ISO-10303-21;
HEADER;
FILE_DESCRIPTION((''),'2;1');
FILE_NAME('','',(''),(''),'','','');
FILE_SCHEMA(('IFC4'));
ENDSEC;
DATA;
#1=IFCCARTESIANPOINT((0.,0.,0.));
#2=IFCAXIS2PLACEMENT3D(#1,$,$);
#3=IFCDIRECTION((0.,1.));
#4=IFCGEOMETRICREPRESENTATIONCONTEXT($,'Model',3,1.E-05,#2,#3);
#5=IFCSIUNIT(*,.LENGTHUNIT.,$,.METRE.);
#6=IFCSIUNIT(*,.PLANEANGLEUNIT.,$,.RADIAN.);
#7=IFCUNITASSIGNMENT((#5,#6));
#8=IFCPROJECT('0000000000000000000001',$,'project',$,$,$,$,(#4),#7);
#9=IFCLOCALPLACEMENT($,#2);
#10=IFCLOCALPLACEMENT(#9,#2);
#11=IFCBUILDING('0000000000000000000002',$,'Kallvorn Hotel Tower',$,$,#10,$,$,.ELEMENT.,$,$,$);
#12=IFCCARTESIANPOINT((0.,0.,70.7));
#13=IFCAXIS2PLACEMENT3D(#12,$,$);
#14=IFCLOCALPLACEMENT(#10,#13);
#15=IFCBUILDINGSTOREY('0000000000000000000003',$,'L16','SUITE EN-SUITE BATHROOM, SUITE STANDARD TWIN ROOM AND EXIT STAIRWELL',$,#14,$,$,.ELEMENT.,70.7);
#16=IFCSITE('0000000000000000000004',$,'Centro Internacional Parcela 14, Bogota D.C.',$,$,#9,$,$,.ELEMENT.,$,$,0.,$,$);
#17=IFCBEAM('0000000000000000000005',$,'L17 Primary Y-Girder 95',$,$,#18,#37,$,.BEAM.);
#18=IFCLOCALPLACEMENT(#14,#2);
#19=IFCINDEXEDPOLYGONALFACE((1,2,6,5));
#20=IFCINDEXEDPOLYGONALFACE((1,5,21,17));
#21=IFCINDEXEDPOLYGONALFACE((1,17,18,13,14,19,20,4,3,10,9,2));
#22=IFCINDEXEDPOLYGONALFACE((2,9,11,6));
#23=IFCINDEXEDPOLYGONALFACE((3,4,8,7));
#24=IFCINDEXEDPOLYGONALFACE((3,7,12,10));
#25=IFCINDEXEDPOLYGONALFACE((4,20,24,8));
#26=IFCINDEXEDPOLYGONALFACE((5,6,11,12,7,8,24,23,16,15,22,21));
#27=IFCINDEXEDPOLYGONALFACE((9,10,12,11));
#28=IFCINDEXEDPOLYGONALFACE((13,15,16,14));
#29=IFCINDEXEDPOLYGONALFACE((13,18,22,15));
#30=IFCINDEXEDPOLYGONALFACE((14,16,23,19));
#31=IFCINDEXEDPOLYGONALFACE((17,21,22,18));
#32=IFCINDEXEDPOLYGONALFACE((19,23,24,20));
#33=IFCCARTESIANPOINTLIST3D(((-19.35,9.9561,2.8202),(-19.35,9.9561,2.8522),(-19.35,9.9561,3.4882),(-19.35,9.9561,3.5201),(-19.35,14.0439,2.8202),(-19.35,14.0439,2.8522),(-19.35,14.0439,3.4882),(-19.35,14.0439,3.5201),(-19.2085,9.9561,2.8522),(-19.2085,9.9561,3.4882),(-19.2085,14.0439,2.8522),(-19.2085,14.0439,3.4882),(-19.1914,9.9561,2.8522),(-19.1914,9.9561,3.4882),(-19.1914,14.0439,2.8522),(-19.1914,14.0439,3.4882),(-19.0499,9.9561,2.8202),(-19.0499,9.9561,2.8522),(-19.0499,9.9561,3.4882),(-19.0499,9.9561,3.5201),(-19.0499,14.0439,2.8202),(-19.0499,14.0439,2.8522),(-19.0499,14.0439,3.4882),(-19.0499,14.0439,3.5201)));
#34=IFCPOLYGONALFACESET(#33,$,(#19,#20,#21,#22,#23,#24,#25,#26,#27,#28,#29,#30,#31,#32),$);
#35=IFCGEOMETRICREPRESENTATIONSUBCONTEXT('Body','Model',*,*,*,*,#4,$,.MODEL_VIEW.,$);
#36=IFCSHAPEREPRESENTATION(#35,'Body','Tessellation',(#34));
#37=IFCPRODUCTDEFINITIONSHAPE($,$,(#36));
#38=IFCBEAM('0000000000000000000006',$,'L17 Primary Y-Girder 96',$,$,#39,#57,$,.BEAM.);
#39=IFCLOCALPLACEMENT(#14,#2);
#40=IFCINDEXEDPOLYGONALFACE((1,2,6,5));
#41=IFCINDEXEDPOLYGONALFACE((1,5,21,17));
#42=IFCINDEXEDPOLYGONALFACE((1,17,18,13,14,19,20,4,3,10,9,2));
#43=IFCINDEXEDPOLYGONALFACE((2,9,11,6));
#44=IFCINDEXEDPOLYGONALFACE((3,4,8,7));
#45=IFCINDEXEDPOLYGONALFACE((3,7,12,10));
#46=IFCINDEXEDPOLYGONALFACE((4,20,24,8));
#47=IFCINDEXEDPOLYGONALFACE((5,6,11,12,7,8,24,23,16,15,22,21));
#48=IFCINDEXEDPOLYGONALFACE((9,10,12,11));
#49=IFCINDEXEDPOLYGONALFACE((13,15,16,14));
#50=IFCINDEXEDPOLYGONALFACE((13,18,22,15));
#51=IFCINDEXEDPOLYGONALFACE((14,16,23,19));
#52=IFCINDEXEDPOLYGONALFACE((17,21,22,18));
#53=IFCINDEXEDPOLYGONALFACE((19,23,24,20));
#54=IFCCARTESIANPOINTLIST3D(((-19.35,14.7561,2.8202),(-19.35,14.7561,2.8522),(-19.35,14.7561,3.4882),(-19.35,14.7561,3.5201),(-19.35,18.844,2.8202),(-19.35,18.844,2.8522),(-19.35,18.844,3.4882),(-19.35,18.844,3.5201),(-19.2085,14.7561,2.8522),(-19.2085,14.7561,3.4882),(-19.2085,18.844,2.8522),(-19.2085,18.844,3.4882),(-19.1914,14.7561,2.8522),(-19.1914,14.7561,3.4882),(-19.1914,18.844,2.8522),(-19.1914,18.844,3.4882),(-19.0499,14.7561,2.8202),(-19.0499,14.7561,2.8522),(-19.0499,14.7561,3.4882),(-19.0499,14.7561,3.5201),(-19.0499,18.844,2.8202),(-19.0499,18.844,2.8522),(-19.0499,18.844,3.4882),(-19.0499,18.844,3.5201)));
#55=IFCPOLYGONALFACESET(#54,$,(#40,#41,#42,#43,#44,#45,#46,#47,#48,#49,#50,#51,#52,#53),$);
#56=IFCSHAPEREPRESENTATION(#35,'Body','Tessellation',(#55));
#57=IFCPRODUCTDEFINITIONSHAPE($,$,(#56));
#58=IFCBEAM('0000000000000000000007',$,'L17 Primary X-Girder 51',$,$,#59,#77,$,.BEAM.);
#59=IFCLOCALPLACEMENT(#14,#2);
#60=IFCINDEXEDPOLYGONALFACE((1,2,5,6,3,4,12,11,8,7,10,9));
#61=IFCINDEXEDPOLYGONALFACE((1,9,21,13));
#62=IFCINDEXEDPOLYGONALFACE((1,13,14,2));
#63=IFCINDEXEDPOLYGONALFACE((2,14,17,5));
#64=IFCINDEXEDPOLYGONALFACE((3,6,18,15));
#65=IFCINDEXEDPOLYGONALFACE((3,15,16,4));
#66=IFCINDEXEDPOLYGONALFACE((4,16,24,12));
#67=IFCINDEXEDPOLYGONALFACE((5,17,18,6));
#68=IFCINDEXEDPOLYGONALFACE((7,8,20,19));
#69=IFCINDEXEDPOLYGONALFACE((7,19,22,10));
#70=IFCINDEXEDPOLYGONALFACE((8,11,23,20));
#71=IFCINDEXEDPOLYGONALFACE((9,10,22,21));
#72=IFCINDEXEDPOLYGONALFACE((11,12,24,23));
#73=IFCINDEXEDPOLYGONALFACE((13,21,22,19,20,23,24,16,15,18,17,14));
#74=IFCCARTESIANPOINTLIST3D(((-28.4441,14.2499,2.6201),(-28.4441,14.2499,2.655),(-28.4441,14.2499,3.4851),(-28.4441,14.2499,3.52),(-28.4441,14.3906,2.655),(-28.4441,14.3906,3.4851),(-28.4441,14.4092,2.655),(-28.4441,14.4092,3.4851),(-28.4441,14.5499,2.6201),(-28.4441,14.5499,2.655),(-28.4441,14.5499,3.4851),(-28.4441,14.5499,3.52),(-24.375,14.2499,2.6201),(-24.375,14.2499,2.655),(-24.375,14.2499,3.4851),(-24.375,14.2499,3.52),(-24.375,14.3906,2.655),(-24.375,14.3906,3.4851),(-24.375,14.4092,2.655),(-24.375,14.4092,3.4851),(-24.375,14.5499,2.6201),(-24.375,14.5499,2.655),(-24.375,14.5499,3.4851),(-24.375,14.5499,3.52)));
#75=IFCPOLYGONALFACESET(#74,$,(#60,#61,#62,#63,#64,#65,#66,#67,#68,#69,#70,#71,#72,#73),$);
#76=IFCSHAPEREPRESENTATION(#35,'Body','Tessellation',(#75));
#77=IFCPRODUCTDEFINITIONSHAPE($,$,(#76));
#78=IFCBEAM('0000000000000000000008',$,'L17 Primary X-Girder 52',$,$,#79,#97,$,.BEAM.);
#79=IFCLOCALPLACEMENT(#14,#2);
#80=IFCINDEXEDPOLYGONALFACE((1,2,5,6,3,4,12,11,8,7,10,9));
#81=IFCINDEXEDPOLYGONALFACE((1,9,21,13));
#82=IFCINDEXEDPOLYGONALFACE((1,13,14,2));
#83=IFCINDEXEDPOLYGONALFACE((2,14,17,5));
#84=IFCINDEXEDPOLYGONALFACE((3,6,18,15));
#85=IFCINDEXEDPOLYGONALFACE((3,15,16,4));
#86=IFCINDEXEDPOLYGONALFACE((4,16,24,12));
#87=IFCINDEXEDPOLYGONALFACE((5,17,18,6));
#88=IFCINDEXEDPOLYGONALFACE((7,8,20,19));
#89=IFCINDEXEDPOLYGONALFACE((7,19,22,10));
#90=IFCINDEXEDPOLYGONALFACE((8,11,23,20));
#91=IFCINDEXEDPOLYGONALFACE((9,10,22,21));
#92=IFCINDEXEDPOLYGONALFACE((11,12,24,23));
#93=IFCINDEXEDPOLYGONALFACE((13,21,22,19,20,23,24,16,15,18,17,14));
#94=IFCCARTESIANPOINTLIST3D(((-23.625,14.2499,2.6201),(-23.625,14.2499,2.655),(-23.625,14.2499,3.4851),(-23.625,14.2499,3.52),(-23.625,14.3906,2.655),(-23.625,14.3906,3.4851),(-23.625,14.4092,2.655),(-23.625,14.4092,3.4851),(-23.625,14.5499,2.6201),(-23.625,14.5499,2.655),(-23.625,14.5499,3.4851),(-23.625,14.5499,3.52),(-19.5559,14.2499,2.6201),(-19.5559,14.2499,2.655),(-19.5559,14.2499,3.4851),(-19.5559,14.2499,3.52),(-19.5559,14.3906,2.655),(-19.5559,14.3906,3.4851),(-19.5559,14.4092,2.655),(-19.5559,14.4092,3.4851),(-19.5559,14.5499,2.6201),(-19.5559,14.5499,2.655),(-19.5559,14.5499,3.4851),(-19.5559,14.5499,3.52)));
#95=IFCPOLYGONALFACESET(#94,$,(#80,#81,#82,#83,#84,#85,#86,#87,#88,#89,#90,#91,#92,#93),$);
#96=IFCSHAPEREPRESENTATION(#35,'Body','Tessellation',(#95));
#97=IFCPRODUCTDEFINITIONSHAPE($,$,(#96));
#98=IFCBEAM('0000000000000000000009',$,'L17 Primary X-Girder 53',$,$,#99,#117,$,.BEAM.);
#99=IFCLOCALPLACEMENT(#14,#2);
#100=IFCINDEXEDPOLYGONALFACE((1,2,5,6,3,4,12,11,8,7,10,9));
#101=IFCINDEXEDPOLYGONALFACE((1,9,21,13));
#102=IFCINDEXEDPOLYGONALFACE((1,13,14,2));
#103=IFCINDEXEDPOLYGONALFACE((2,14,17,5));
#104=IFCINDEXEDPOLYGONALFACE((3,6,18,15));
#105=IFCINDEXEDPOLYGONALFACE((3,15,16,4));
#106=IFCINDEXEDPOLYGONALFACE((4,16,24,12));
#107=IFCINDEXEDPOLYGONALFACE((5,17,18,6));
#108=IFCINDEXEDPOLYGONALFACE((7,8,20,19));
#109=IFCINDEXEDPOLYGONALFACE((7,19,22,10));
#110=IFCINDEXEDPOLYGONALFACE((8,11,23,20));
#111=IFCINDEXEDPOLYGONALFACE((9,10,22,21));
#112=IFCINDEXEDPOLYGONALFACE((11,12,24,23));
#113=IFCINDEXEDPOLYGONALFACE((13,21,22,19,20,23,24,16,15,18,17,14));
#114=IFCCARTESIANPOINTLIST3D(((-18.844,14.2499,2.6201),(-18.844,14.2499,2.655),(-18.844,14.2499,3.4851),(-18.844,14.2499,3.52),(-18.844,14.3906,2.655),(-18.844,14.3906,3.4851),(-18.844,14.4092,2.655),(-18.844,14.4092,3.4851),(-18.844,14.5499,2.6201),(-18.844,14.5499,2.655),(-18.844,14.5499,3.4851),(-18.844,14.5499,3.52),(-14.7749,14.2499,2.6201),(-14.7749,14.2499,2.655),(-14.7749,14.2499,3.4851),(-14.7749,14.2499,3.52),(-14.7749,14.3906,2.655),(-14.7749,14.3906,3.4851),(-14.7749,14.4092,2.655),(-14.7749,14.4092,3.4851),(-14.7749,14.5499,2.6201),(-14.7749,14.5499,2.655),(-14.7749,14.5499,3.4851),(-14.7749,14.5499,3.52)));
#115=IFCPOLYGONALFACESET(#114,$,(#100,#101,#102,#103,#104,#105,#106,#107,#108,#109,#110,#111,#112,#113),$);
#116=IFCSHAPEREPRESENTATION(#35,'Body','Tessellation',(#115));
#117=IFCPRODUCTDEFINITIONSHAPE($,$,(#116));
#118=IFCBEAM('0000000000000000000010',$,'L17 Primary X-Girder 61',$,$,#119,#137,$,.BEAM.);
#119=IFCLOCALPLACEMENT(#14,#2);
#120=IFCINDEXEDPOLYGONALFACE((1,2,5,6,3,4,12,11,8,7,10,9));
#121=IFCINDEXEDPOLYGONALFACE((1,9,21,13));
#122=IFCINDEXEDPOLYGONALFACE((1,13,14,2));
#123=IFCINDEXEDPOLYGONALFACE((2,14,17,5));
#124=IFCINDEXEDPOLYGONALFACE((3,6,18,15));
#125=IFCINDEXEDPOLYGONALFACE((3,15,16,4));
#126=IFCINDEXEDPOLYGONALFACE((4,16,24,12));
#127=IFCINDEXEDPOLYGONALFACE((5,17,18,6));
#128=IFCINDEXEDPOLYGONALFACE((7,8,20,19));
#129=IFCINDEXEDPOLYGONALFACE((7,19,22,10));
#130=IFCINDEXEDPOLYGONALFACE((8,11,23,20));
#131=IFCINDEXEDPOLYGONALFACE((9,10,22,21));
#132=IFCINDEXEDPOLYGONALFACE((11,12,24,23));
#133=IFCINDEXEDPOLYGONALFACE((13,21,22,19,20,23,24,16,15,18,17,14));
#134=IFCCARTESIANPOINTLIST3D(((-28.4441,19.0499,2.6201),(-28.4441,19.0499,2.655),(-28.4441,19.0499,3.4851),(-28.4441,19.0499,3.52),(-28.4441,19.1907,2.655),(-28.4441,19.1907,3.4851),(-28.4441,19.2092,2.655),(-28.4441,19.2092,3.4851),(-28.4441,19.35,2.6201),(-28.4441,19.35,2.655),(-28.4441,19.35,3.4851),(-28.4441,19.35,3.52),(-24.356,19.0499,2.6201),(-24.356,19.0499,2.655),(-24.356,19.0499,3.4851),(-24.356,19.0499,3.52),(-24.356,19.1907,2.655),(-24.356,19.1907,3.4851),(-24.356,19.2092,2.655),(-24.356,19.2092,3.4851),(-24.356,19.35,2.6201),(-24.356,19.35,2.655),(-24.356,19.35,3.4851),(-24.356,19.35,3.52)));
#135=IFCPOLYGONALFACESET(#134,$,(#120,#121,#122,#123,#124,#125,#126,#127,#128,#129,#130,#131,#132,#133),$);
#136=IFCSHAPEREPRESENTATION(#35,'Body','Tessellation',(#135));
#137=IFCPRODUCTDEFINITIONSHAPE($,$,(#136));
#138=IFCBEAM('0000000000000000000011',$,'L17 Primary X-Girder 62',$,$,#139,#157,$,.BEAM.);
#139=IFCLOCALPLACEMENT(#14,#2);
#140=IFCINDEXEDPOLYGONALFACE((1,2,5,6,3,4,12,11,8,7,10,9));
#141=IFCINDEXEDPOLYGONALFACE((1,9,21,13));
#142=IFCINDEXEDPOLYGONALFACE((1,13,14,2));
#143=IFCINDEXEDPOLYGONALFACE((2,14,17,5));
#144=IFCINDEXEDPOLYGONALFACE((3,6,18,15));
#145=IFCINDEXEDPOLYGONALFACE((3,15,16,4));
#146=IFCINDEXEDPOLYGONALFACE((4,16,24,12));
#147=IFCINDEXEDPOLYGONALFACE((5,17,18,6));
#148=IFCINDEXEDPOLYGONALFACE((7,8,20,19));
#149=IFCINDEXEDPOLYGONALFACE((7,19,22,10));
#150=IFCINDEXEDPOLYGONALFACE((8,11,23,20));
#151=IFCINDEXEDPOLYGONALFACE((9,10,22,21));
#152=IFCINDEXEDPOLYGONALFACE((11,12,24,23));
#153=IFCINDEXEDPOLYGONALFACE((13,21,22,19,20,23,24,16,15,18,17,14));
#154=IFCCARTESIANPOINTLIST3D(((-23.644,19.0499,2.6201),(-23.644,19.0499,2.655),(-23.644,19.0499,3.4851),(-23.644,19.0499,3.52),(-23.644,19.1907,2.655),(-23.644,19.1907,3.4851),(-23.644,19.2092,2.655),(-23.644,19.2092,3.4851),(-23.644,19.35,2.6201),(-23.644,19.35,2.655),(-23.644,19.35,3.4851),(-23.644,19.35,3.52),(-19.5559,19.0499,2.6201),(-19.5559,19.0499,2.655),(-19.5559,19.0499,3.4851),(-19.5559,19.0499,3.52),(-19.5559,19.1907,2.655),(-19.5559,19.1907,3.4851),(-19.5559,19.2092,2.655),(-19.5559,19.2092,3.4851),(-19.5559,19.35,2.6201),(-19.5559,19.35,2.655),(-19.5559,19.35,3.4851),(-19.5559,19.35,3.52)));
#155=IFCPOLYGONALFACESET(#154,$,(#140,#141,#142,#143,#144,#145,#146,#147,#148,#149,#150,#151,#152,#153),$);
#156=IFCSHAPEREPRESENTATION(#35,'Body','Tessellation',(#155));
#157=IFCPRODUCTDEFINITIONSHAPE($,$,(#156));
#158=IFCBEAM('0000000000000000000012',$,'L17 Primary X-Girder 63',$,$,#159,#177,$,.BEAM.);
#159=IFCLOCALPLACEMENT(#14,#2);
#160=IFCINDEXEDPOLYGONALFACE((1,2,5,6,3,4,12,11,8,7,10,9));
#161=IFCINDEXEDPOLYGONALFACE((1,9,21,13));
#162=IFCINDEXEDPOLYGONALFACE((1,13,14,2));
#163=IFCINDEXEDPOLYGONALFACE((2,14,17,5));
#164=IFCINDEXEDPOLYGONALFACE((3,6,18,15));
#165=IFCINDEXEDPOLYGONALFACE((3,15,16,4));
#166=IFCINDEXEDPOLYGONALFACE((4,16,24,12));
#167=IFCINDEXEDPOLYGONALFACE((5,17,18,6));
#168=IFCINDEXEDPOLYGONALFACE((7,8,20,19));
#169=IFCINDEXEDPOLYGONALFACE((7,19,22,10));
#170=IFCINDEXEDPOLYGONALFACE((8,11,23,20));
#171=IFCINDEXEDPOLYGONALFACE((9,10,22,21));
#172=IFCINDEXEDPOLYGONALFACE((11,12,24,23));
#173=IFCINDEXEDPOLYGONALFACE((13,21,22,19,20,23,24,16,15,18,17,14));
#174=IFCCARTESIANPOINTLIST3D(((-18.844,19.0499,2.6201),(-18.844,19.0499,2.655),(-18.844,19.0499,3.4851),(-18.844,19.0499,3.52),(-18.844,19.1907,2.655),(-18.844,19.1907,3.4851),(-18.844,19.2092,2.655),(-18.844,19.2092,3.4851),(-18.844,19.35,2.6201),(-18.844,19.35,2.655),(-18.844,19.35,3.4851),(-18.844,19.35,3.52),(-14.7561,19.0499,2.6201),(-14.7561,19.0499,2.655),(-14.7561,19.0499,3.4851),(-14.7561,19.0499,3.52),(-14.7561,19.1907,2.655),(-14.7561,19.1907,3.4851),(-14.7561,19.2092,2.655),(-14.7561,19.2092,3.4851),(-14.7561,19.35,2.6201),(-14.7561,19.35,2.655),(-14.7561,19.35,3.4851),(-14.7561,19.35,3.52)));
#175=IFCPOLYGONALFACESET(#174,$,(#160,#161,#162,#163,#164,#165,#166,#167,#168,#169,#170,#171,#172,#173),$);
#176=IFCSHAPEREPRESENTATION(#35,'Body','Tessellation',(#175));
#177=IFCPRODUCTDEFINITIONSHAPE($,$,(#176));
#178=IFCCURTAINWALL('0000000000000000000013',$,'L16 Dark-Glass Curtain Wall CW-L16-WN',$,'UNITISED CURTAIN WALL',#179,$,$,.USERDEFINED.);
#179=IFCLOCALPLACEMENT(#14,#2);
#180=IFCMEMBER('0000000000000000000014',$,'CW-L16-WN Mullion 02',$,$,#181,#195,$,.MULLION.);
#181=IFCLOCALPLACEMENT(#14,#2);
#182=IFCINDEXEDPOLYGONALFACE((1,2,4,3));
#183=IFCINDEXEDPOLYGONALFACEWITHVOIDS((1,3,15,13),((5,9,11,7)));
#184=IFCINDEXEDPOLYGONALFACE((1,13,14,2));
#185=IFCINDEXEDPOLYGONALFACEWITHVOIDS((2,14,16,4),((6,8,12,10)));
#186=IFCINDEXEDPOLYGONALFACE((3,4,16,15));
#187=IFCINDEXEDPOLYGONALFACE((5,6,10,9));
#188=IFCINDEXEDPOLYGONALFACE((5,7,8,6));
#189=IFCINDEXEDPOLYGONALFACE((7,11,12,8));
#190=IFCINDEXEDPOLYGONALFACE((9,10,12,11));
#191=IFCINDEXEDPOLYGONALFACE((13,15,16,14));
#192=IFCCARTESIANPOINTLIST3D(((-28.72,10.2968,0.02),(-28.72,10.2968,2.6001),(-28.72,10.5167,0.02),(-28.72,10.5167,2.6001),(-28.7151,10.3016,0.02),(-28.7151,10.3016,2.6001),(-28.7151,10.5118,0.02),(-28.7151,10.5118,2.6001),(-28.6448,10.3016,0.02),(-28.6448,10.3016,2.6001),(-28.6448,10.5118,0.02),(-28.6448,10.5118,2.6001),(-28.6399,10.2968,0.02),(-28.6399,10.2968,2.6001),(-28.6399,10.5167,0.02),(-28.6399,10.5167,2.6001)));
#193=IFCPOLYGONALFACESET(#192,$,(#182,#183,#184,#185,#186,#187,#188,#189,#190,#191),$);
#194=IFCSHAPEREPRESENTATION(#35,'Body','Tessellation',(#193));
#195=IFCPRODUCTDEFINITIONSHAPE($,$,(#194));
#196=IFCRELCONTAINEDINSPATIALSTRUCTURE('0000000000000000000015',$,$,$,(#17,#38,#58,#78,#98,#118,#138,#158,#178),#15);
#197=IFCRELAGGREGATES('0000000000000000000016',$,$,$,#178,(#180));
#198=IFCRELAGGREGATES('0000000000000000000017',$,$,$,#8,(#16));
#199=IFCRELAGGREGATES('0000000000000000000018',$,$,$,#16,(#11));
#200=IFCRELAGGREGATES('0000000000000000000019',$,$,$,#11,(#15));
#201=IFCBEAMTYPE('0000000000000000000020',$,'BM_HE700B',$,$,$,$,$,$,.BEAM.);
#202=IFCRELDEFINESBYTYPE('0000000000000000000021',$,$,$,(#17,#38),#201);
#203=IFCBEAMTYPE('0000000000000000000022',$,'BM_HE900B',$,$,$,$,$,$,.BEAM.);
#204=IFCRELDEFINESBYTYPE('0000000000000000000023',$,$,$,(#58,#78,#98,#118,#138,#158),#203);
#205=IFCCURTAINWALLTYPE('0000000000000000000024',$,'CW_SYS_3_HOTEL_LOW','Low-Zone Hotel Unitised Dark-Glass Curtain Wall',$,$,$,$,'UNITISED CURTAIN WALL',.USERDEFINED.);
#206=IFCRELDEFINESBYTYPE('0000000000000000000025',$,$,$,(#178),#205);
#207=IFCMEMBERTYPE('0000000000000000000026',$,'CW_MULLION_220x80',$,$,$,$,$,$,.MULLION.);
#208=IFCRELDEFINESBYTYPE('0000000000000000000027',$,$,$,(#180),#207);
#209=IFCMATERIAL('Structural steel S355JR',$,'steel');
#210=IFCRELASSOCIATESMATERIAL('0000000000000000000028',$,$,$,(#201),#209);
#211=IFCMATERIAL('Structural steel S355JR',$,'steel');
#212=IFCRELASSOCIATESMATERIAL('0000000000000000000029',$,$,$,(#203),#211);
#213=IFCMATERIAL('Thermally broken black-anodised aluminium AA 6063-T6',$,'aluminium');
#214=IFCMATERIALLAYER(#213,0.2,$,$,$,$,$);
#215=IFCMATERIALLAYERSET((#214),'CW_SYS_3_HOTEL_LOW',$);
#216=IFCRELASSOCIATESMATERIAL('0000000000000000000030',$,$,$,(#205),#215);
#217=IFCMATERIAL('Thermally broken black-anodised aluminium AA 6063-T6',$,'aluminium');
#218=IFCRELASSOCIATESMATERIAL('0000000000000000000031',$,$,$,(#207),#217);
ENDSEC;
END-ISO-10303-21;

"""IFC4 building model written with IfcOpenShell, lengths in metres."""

from ifc_helpers import new_model, si_unit, direction, frame, origin, origin_2d, place, context, subcontext, project, spatial, hollow_rectangle, i_section, extrude, material, layer, layer_set, material_profile, profile_set, type_object, element, aggregate, save


model = new_model("IFC4")

# Units and contexts
model_context = context("Model", 3, precision=1e-05, world=origin(), true_north=direction((0.0, 1.0)))
body_context = subcontext(model_context, "Body", "Model", "MODEL_VIEW")
ifc_project = project(units=[si_unit("LENGTHUNIT", "METRE"), si_unit("PLANEANGLEUNIT", "RADIAN")], contexts=[model_context])

# Site, building, storey
site_placement = place(None, origin())
site = spatial("IfcSite", under=ifc_project, at=site_placement, Name="Centro Internacional Parcela 14, Bogota D.C.", CompositionType="ELEMENT", RefElevation=0.0)
building_placement = place(site_placement, origin())
building = spatial("IfcBuilding", under=site, at=building_placement, Name="Kallvorn Hotel Tower", CompositionType="ELEMENT")
storey_placement = place(building_placement, frame((0.0, 0.0, 70.7)))
storey = spatial("IfcBuildingStorey", under=building, at=storey_placement, Name="L16", Description="SUITE EN-SUITE BATHROOM, SUITE STANDARD TWIN ROOM AND EXIT STAIRWELL", CompositionType="ELEMENT", Elevation=70.7)

# Beams
ifc_material_1 = material(Name="Structural steel S355JR", Category="steel")
ifc_material_profile_1 = material_profile(ifc_material_1, i_section(OverallWidth=0.3, OverallDepth=0.7, WebThickness=0.0171, FlangeThickness=0.032, at=origin_2d()), Name="HE 700 B")
ifc_profile_set_1 = profile_set([ifc_material_profile_1], Name="Structural steel S355JR")
beam_type_1 = type_object("IfcBeamType", Name="BM_HE700B", PredefinedType="BEAM", material=ifc_profile_set_1)
for number, where, z_axis, x_axis, name in (
    (1, (-19.2, 9.9561, 3.1702), (0.0, 1.0, 0.0), (-1.0, 0.0, 0.0), "L17 Primary Y-Girder 95"),
    (2, (-19.2, 14.7561, 3.1702), (0.0, 1.0, 0.0), (-1.0, 0.0, 0.0), "L17 Primary Y-Girder 96"),
):
    element("IfcBeam", number, at=place(storey_placement, frame(where, z_axis=z_axis, x_axis=x_axis)), inside=storey, type_object=beam_type_1, Name=name, PredefinedType="BEAM", context=body_context, shape_type="SweptSolid", body=[
        extrude(i_section(OverallWidth=0.3, OverallDepth=0.7, WebThickness=0.0171, FlangeThickness=0.032, at=origin_2d()), origin(), (0.0, 0.0, 1.0), 4.0879),
    ])
ifc_material_2 = material(Name="Structural steel S355JR", Category="steel")
ifc_material_profile_2 = material_profile(ifc_material_2, i_section(OverallWidth=0.3, OverallDepth=0.8999, WebThickness=0.0186, FlangeThickness=0.0349, at=origin_2d()), Name="HE 900 B")
ifc_profile_set_2 = profile_set([ifc_material_profile_2], Name="Structural steel S355JR")
beam_type_2 = type_object("IfcBeamType", Name="BM_HE900B", PredefinedType="BEAM", material=ifc_profile_set_2)
for number, where, z_axis, x_axis, name in (
    (3, (-28.4441, 14.3999, 3.0701), (1.0, 0.0, 0.0), (0.0, 1.0, 0.0), "L17 Primary X-Girder 51"),
    (4, (-23.625, 14.3999, 3.0701), (1.0, 0.0, 0.0), (0.0, 1.0, 0.0), "L17 Primary X-Girder 52"),
    (5, (-18.844, 14.3999, 3.0701), (1.0, 0.0, 0.0), (0.0, 1.0, 0.0), "L17 Primary X-Girder 53"),
):
    element("IfcBeam", number, at=place(storey_placement, frame(where, z_axis=z_axis, x_axis=x_axis)), inside=storey, type_object=beam_type_2, Name=name, PredefinedType="BEAM", context=body_context, shape_type="SweptSolid", body=[
        extrude(i_section(OverallWidth=0.3, OverallDepth=0.8999, WebThickness=0.0186, FlangeThickness=0.0349, at=origin_2d()), origin(), (0.0, 0.0, 1.0), 4.0691),
    ])
for number, where, z_axis, x_axis, name in (
    (6, (-28.4441, 19.2, 3.0701), (1.0, 0.0, 0.0), (0.0, 1.0, 0.0), "L17 Primary X-Girder 61"),
    (7, (-23.644, 19.2, 3.0701), (1.0, 0.0, 0.0), (0.0, 1.0, 0.0), "L17 Primary X-Girder 62"),
):
    element("IfcBeam", number, at=place(storey_placement, frame(where, z_axis=z_axis, x_axis=x_axis)), inside=storey, type_object=beam_type_2, Name=name, PredefinedType="BEAM", context=body_context, shape_type="SweptSolid", body=[
        extrude(i_section(OverallWidth=0.3, OverallDepth=0.8999, WebThickness=0.0186, FlangeThickness=0.0349, at=origin_2d()), origin(), (0.0, 0.0, 1.0), 4.0881),
    ])
beam_1_placement = place(storey_placement, frame((-18.844, 19.2, 3.0701), z_axis=(1.0, 0.0, 0.0), x_axis=(0.0, 1.0, 0.0)))
element("IfcBeam", 8, at=beam_1_placement, inside=storey, type_object=beam_type_2, Name="L17 Primary X-Girder 63", PredefinedType="BEAM", context=body_context, shape_type="SweptSolid", body=[
    extrude(i_section(OverallWidth=0.3, OverallDepth=0.8999, WebThickness=0.0186, FlangeThickness=0.0349, at=origin_2d()), origin(), (0.0, 0.0, 1.0), 4.0879),
])

# Curtain wall, member
ifc_material_3 = material(Name="Thermally broken black-anodised aluminium AA 6063-T6", Category="aluminium")
ifc_layer_1 = layer(ifc_material_3, 0.2)
ifc_layer_set_1 = layer_set([ifc_layer_1], Name="CW_SYS_3_HOTEL_LOW")
curtain_wall_type = type_object("IfcCurtainWallType", Name="CW_SYS_3_HOTEL_LOW", Description="Low-Zone Hotel Unitised Dark-Glass Curtain Wall", ElementType="UNITISED CURTAIN WALL", PredefinedType="USERDEFINED", material=ifc_layer_set_1)
curtain_wall_placement = place(storey_placement, origin())
curtain_wall = element("IfcCurtainWall", 9, at=curtain_wall_placement, inside=storey, type_object=curtain_wall_type, Name="L16 Dark-Glass Curtain Wall CW-L16-WN", ObjectType="UNITISED CURTAIN WALL", PredefinedType="USERDEFINED")
ifc_material_4 = material(Name="Thermally broken black-anodised aluminium AA 6063-T6", Category="aluminium")
ifc_material_profile_3 = material_profile(ifc_material_4, hollow_rectangle(XDim=0.0801, YDim=0.22, WallThickness=0.0049, at=origin_2d()), Name="MUL 220x80")
ifc_profile_set_3 = profile_set([ifc_material_profile_3], Name="Thermally broken black-anodised aluminium AA 6063-T6")
member_type_1 = type_object("IfcMemberType", Name="CW_MULLION_220x80", PredefinedType="MULLION", material=ifc_profile_set_3)
member_1_placement = place(storey_placement, frame((-28.6799, 10.4067, 0.02), z_axis=(0.0, 0.0, 1.0), x_axis=(1.0, 0.0, 0.0)))
member_1 = element("IfcMember", 10, at=member_1_placement, type_object=member_type_1, Name="CW-L16-WN Mullion 02", PredefinedType="MULLION", context=body_context, shape_type="SweptSolid", body=[
    extrude(hollow_rectangle(XDim=0.0801, YDim=0.22, WallThickness=0.0049, at=origin_2d()), origin(), (0.0, 0.0, 1.0), 2.5801),
])

aggregate(curtain_wall, [member_1])

save(model, "model.ifc")
